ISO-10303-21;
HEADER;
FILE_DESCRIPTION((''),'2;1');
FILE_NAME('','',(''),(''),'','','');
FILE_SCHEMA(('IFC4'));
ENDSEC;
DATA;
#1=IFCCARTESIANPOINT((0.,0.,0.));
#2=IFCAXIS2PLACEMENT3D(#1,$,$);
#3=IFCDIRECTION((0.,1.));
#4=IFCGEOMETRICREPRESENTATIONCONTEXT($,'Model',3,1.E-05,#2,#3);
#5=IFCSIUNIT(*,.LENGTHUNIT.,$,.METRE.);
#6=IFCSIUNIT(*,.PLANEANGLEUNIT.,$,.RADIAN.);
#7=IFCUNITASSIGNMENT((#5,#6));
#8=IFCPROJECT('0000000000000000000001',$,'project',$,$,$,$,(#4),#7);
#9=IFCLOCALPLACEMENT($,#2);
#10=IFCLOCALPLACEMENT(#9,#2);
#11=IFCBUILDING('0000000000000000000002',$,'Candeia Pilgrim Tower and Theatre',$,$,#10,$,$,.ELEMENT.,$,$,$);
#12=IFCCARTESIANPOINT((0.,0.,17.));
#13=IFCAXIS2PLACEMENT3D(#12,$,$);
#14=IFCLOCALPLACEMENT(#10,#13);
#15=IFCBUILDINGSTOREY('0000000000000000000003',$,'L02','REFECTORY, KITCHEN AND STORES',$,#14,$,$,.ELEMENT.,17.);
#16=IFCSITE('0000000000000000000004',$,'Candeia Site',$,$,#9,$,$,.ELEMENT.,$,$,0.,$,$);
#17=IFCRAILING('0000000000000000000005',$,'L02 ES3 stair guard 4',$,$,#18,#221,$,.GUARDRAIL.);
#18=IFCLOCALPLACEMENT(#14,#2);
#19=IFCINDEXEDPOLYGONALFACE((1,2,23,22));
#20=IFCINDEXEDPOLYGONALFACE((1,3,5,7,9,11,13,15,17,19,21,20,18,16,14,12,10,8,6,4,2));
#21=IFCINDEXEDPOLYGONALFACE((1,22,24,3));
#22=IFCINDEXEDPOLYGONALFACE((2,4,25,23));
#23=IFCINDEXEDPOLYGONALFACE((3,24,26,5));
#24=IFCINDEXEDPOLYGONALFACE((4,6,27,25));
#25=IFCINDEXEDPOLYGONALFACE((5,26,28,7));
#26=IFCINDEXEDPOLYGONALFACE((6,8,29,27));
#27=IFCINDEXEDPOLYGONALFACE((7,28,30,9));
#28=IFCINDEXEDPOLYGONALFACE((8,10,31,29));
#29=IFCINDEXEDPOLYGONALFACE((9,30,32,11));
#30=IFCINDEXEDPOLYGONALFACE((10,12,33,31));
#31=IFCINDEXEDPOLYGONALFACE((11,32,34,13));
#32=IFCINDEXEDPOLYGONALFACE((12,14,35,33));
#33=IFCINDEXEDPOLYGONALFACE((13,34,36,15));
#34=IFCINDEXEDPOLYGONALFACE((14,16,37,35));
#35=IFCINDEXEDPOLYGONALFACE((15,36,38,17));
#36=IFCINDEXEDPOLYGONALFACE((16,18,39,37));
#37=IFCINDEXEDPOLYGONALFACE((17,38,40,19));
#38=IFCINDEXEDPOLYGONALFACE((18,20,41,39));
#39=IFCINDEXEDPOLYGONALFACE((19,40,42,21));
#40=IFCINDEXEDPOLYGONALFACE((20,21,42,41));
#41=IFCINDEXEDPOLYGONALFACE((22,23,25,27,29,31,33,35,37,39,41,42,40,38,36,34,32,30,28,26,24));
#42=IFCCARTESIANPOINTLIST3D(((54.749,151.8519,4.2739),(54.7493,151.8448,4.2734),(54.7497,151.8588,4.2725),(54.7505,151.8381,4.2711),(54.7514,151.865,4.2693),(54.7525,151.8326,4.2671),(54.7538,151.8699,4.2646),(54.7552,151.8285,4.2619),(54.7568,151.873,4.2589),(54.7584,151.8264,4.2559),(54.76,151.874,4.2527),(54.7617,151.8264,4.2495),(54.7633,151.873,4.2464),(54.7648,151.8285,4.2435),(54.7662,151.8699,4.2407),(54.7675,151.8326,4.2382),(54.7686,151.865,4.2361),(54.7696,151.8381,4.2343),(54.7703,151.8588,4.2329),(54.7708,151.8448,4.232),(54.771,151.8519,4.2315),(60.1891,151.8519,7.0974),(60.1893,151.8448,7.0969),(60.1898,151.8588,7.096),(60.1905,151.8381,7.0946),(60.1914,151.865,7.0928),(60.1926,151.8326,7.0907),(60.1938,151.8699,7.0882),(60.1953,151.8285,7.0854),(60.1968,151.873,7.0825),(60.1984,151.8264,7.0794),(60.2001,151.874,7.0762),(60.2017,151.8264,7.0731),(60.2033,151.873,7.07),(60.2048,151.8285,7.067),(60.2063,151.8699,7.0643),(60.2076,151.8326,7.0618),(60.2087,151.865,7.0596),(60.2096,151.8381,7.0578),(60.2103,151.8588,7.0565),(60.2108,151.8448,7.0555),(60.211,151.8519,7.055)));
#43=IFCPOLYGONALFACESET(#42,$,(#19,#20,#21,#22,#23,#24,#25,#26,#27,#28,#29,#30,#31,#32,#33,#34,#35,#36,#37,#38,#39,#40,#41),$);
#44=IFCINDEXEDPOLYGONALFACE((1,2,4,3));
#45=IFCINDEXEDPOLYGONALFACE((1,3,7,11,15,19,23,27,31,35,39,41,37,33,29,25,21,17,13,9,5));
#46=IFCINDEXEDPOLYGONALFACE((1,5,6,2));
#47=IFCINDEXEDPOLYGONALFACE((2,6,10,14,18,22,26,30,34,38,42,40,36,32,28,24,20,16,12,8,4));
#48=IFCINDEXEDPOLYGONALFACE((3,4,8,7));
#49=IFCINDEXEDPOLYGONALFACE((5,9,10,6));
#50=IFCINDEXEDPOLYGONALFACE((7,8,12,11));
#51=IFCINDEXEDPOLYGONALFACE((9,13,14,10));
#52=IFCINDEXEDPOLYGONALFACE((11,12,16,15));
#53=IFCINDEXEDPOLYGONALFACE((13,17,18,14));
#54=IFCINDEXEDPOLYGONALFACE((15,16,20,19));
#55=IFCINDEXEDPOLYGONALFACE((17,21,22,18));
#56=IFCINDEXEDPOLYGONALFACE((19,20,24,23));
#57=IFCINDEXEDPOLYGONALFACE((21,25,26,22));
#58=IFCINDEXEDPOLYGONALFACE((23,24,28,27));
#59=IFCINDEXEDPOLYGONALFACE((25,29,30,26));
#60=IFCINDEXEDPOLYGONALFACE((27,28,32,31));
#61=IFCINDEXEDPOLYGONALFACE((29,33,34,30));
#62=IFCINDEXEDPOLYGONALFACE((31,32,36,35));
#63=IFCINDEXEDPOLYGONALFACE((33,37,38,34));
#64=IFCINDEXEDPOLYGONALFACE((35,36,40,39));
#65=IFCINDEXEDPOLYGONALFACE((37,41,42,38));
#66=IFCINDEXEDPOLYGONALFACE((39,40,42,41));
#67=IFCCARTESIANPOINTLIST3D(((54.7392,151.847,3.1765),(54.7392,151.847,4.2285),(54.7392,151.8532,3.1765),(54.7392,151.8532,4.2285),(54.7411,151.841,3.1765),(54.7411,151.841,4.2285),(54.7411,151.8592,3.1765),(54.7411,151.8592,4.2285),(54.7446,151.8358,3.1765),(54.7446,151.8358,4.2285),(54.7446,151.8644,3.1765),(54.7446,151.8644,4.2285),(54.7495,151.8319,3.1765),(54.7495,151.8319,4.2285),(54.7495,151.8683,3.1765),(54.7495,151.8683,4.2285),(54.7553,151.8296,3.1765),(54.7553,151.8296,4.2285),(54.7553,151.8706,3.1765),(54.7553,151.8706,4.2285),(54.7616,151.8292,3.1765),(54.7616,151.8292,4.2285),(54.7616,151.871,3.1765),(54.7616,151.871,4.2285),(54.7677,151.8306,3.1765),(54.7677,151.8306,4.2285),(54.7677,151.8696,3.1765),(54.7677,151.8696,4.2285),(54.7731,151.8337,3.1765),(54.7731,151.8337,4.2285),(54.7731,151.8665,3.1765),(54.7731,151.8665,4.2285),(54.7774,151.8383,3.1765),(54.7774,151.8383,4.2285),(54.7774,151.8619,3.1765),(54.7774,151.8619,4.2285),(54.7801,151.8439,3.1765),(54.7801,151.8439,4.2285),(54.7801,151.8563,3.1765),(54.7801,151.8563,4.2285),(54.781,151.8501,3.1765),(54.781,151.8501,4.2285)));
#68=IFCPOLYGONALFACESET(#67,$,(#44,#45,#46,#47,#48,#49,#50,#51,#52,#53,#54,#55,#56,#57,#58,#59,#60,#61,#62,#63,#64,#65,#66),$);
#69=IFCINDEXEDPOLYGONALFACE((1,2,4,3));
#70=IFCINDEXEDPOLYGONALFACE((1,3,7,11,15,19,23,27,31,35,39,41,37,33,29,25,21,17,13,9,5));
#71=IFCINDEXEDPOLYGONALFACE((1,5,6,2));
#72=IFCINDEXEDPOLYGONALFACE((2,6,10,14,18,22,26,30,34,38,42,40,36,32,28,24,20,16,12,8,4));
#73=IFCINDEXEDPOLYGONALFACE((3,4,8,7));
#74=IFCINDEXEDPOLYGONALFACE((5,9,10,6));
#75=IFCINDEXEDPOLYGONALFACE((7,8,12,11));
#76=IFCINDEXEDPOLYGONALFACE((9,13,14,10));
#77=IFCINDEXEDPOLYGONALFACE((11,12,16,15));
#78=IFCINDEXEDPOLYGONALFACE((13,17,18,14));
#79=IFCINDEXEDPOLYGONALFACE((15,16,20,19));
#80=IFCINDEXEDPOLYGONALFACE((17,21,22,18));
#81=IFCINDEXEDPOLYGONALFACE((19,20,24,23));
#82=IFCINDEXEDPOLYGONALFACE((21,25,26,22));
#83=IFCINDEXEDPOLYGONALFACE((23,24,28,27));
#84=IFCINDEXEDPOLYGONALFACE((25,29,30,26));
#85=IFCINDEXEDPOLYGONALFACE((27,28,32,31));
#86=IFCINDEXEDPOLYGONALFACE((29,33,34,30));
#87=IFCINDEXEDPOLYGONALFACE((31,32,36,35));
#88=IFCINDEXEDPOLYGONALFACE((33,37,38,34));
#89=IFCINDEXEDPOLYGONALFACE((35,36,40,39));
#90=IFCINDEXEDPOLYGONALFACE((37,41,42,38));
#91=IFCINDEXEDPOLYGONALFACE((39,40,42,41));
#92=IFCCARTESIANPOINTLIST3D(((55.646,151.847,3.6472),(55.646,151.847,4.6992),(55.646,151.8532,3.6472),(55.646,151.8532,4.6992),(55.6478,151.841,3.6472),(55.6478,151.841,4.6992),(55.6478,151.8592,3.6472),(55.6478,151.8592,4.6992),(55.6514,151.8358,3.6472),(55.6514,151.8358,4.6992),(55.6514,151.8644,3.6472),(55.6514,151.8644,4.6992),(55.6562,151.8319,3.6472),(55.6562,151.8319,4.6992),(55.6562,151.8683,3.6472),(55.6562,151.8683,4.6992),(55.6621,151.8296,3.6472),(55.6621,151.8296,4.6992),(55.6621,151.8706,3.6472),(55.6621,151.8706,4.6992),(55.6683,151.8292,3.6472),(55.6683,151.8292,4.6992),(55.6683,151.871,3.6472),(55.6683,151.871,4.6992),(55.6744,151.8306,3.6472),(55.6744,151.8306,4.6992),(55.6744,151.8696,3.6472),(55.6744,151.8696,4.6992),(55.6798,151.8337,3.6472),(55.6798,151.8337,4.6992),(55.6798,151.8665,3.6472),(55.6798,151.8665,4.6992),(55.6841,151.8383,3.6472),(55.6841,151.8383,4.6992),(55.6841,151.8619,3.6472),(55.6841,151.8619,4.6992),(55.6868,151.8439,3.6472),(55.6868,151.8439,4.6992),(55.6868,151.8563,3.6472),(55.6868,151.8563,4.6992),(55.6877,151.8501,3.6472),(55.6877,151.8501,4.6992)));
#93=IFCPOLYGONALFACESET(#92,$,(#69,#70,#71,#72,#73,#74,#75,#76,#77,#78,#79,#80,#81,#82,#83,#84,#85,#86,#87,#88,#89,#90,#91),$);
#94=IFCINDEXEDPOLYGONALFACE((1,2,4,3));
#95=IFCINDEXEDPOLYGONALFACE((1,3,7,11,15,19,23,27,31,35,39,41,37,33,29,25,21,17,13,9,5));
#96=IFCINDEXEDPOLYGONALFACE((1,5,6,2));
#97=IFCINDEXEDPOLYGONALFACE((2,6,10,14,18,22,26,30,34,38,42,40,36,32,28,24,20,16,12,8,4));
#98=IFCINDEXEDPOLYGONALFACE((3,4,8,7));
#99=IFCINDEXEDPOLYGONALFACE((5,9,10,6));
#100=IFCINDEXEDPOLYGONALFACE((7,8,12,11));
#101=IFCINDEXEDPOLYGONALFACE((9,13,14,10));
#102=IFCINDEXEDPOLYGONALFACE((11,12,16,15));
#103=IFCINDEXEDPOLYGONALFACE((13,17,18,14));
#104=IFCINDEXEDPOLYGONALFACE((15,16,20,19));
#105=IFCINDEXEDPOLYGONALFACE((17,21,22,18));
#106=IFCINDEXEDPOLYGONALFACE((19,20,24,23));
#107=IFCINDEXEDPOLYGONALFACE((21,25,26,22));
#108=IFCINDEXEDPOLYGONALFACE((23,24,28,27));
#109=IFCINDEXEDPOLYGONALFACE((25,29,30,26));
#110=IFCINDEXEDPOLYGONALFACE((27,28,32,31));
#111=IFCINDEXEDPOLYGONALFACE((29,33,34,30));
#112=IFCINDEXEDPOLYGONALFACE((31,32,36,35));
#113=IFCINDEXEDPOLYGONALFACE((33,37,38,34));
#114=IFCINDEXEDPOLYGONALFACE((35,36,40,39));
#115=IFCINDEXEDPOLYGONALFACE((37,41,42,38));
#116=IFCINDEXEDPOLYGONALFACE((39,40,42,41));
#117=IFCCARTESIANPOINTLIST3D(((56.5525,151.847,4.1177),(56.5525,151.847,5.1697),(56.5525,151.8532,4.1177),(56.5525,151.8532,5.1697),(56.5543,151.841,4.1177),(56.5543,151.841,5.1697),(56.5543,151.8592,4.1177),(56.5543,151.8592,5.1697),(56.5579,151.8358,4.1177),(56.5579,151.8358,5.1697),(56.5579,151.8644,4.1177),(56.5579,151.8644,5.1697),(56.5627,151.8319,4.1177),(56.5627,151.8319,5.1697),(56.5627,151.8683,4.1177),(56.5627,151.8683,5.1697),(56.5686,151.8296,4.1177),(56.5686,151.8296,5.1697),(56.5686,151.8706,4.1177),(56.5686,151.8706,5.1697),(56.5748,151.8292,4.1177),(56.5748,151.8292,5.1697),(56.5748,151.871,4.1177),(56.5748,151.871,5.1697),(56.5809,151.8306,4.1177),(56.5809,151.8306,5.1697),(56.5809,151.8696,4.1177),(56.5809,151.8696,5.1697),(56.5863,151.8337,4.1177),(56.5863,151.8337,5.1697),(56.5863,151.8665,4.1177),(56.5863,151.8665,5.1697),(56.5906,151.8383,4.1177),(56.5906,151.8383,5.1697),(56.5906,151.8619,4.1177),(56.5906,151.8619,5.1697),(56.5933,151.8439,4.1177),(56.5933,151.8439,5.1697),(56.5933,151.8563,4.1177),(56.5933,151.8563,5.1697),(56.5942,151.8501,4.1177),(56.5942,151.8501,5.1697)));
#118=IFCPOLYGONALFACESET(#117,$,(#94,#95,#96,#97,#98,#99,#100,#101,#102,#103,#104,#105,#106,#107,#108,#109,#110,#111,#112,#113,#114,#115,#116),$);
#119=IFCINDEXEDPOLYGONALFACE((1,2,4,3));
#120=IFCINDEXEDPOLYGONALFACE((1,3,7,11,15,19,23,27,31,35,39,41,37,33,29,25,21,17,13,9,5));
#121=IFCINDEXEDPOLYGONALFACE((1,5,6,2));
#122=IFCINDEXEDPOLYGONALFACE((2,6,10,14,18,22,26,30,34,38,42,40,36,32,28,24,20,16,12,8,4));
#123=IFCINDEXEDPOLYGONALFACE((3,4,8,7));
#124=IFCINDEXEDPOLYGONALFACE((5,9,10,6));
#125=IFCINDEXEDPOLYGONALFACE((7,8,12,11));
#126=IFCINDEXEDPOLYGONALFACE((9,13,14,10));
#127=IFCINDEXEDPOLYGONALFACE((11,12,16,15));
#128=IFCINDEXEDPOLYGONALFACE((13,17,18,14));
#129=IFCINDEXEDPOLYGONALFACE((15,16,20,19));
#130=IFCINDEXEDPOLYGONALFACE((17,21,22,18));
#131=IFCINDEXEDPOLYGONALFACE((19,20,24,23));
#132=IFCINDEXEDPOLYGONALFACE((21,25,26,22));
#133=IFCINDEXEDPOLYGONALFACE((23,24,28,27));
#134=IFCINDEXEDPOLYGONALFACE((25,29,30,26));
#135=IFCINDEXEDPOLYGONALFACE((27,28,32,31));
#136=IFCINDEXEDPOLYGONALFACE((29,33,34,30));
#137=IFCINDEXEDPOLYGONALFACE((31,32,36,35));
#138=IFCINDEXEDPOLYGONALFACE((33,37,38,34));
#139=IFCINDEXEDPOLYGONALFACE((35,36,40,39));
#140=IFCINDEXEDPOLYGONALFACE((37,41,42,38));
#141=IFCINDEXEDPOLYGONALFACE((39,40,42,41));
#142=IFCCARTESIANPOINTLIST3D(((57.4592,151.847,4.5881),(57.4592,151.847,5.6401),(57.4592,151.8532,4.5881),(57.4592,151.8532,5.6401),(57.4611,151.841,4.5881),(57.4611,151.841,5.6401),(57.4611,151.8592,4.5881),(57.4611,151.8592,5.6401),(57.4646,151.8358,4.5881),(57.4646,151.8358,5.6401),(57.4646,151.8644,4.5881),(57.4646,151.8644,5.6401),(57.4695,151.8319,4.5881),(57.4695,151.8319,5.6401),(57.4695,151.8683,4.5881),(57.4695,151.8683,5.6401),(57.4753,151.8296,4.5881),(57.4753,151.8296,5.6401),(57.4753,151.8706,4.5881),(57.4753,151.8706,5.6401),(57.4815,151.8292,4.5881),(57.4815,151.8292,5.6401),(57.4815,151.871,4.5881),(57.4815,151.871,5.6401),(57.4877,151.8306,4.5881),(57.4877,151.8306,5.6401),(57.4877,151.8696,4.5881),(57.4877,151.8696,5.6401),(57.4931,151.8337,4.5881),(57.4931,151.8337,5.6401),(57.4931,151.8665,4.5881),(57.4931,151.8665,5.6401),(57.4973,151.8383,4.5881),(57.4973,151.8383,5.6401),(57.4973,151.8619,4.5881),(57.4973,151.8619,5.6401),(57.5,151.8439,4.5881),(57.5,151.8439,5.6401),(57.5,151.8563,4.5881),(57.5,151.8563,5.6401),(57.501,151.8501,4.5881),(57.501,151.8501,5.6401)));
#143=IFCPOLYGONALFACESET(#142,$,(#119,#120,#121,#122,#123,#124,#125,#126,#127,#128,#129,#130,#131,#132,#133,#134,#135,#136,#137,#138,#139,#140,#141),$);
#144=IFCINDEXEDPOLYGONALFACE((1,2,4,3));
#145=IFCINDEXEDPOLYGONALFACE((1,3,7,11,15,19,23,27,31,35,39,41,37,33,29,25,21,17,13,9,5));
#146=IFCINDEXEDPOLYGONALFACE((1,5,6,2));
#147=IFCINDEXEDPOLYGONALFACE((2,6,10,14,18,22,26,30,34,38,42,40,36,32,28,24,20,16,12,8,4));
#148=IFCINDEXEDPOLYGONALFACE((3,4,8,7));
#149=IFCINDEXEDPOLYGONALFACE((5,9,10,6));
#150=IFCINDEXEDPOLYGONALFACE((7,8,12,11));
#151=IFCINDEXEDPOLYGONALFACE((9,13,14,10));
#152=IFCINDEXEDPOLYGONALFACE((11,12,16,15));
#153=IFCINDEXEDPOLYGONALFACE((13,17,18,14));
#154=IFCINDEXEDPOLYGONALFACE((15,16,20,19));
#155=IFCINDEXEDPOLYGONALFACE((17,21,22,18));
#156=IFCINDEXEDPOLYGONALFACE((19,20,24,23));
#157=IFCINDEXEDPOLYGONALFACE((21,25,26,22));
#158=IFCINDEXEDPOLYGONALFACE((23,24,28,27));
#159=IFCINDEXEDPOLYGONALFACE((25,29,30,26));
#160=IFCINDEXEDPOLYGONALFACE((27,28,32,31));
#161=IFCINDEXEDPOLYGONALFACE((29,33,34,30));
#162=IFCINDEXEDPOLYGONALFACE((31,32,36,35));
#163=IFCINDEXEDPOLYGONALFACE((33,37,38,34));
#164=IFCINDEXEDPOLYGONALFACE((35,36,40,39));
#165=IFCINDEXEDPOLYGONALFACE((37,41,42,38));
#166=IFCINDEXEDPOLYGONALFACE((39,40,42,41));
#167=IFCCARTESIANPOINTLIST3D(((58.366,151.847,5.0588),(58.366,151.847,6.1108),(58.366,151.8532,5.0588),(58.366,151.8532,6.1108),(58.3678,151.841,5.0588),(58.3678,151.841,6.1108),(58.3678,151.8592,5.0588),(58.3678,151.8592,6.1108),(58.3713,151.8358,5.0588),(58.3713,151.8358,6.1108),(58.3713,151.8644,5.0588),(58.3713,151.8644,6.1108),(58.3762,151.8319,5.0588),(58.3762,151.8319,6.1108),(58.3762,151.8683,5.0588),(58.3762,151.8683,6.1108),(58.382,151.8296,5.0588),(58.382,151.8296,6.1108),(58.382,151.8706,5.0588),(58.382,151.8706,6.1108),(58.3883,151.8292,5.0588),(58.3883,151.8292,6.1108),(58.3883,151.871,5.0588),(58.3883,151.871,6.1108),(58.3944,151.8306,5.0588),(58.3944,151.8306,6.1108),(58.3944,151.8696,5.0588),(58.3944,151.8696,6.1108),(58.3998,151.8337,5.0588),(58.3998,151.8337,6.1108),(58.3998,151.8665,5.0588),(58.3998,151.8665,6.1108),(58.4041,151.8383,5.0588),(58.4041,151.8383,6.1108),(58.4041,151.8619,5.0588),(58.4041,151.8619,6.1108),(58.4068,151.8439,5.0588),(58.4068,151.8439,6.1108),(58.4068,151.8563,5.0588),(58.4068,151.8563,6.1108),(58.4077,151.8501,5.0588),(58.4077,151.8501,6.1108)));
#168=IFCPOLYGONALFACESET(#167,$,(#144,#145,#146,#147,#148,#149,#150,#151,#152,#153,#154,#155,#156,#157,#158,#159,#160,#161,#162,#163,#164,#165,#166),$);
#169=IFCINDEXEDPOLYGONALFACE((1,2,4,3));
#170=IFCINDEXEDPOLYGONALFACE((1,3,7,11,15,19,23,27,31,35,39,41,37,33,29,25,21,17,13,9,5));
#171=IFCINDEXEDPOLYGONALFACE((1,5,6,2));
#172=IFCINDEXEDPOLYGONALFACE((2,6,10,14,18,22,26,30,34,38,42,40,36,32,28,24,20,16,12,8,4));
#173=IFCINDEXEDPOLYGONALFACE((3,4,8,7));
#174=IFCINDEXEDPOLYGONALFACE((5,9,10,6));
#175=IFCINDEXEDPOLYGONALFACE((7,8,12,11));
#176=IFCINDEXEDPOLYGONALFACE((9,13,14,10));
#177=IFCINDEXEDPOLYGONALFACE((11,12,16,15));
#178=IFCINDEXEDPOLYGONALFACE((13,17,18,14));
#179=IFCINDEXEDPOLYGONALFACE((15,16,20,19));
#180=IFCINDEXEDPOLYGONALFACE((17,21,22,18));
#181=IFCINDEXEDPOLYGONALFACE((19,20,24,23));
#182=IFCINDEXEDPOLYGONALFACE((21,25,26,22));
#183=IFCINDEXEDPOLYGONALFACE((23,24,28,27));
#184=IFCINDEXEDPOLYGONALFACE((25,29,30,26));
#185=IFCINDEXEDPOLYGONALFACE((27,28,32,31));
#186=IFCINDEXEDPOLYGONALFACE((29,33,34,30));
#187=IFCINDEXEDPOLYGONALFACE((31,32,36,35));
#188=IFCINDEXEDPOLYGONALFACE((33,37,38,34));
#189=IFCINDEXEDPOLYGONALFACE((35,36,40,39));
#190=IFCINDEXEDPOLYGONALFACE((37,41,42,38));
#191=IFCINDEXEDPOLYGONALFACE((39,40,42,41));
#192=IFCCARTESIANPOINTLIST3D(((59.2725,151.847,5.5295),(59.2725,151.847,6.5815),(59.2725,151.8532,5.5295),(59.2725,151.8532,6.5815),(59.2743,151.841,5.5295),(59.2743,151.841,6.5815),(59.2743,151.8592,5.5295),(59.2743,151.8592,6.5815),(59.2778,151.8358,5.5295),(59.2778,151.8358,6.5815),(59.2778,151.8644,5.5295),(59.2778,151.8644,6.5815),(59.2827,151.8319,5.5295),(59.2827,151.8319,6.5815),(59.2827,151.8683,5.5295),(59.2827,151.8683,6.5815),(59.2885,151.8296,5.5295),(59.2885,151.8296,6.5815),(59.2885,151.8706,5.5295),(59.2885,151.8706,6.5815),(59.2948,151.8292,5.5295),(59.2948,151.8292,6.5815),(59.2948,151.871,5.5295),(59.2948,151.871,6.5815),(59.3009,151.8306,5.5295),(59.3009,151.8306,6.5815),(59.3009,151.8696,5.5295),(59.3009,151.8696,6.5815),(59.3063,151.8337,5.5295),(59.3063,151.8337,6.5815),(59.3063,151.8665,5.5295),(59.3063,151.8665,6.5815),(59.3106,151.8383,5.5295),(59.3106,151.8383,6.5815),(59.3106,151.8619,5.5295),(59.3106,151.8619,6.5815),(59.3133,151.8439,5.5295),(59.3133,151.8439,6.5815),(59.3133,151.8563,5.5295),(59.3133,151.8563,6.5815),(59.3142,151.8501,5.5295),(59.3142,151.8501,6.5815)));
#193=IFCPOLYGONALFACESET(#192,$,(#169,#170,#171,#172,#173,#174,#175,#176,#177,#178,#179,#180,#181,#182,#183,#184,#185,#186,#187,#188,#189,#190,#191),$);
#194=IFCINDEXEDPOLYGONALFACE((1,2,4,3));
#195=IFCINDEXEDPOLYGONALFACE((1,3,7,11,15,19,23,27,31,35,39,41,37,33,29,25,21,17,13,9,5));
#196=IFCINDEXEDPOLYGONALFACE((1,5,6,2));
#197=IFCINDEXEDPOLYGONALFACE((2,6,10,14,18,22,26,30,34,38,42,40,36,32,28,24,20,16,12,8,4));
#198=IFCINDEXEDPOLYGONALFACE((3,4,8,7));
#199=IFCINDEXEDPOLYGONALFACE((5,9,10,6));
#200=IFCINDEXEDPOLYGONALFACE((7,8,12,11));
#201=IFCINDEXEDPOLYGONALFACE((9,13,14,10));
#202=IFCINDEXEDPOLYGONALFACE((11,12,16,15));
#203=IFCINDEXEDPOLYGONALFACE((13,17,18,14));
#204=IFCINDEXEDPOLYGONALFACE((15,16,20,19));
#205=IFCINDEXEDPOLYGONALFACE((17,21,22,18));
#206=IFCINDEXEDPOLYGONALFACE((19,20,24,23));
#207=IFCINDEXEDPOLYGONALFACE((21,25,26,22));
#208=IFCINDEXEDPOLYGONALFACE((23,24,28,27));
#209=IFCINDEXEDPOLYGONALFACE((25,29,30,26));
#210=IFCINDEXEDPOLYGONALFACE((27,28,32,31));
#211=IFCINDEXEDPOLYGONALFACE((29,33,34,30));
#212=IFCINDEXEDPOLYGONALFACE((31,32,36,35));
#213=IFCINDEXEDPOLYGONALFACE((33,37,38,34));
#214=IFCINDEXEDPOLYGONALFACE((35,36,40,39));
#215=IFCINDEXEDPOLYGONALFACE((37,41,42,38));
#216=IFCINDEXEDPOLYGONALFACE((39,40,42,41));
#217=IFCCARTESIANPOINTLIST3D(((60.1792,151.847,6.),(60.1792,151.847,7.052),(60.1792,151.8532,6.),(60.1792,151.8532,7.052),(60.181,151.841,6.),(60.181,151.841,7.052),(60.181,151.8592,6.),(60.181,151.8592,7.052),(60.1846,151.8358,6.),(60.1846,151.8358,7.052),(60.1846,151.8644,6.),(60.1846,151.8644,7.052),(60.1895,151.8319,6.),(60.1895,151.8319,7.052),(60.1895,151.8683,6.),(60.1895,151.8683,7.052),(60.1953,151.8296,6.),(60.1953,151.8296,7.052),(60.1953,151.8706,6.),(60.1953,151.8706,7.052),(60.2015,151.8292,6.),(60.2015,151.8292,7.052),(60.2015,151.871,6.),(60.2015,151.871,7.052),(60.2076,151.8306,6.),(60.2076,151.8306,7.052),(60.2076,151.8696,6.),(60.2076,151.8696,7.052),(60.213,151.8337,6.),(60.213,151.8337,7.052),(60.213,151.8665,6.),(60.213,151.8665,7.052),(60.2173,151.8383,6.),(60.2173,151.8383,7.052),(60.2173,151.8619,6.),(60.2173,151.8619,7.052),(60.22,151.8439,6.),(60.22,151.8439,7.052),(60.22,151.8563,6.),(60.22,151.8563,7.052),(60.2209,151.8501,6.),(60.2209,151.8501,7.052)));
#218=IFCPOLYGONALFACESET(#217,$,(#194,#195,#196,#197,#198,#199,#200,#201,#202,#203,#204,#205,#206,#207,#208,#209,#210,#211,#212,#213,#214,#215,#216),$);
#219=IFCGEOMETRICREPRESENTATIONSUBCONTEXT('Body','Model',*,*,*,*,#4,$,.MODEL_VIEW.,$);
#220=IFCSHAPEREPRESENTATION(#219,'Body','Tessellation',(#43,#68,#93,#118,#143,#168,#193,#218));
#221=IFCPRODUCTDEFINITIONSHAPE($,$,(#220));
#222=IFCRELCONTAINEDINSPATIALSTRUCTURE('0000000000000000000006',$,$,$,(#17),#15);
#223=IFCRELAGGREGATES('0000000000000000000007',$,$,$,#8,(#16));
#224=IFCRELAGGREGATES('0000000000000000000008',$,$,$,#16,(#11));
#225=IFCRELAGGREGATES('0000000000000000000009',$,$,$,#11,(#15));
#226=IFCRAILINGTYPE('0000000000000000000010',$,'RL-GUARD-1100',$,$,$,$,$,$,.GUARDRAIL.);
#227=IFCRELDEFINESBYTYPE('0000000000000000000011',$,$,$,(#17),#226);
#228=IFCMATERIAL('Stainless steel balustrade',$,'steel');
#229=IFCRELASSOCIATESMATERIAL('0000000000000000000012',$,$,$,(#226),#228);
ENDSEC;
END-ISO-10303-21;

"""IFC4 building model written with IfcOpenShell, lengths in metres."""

from ifc_helpers import new_model, si_unit, direction, frame, origin, origin_2d, place, context, subcontext, project, spatial, circle, extrude, material, type_object, element, save


model = new_model("IFC4")

# Units and contexts
model_context = context("Model", 3, precision=1e-05, world=origin(), true_north=direction((0.0, 1.0)))
body_context = subcontext(model_context, "Body", "Model", "MODEL_VIEW")
ifc_project = project(units=[si_unit("LENGTHUNIT", "METRE"), si_unit("PLANEANGLEUNIT", "RADIAN")], contexts=[model_context])

# Site, building, storey
site_placement = place(None, origin())
site = spatial("IfcSite", under=ifc_project, at=site_placement, Name="Candeia Site", CompositionType="ELEMENT", RefElevation=0.0)
building_placement = place(site_placement, origin())
building = spatial("IfcBuilding", under=site, at=building_placement, Name="Candeia Pilgrim Tower and Theatre", CompositionType="ELEMENT")
storey_placement = place(building_placement, frame((0.0, 0.0, 17.0)))
storey = spatial("IfcBuildingStorey", under=building, at=storey_placement, Name="L02", Description="REFECTORY, KITCHEN AND STORES", CompositionType="ELEMENT", Elevation=17.0)

# Railing
ifc_material_1 = material(Name="Stainless steel balustrade", Category="steel")
railing_type_1 = type_object("IfcRailingType", Name="RL-GUARD-1100", PredefinedType="GUARDRAIL", material=ifc_material_1)
railing_1_placement = place(storey_placement, frame((54.76, 151.8501, 3.1765)))
element("IfcRailing", 1, at=railing_1_placement, inside=storey, type_object=railing_type_1, Name="L02 ES3 stair guard 4", PredefinedType="GUARDRAIL", context=body_context, shape_type="SweptSolid", body=[
    extrude(circle(Radius=0.0239, at=origin_2d()), frame((0.0, 0.0, 1.0762), z_axis=(0.887569, 0.0, 0.460674), x_axis=(0.0, 1.0, 0.0)), (0.0, 0.0, 1.0), 6.1292),
    extrude(circle(Radius=0.021, at=origin_2d()), origin(), (0.0, 0.0, 1.0), 1.052),
    extrude(circle(Radius=0.021, at=origin_2d()), frame((0.9067, 0.0, 0.4707)), (0.0, 0.0, 1.0), 1.052),
    extrude(circle(Radius=0.021, at=origin_2d()), frame((1.8132, 0.0, 0.9412)), (0.0, 0.0, 1.0), 1.052),
    extrude(circle(Radius=0.021, at=origin_2d()), frame((2.72, 0.0, 1.4116)), (0.0, 0.0, 1.0), 1.052),
    extrude(circle(Radius=0.021, at=origin_2d()), frame((3.6267, 0.0, 1.8823)), (0.0, 0.0, 1.0), 1.052),
    extrude(circle(Radius=0.021, at=origin_2d()), frame((4.5332, 0.0, 2.353)), (0.0, 0.0, 1.0), 1.052),
    extrude(circle(Radius=0.021, at=origin_2d()), frame((5.4399, 0.0, 2.8235)), (0.0, 0.0, 1.0), 1.052),
])

save(model, "model.ifc")
